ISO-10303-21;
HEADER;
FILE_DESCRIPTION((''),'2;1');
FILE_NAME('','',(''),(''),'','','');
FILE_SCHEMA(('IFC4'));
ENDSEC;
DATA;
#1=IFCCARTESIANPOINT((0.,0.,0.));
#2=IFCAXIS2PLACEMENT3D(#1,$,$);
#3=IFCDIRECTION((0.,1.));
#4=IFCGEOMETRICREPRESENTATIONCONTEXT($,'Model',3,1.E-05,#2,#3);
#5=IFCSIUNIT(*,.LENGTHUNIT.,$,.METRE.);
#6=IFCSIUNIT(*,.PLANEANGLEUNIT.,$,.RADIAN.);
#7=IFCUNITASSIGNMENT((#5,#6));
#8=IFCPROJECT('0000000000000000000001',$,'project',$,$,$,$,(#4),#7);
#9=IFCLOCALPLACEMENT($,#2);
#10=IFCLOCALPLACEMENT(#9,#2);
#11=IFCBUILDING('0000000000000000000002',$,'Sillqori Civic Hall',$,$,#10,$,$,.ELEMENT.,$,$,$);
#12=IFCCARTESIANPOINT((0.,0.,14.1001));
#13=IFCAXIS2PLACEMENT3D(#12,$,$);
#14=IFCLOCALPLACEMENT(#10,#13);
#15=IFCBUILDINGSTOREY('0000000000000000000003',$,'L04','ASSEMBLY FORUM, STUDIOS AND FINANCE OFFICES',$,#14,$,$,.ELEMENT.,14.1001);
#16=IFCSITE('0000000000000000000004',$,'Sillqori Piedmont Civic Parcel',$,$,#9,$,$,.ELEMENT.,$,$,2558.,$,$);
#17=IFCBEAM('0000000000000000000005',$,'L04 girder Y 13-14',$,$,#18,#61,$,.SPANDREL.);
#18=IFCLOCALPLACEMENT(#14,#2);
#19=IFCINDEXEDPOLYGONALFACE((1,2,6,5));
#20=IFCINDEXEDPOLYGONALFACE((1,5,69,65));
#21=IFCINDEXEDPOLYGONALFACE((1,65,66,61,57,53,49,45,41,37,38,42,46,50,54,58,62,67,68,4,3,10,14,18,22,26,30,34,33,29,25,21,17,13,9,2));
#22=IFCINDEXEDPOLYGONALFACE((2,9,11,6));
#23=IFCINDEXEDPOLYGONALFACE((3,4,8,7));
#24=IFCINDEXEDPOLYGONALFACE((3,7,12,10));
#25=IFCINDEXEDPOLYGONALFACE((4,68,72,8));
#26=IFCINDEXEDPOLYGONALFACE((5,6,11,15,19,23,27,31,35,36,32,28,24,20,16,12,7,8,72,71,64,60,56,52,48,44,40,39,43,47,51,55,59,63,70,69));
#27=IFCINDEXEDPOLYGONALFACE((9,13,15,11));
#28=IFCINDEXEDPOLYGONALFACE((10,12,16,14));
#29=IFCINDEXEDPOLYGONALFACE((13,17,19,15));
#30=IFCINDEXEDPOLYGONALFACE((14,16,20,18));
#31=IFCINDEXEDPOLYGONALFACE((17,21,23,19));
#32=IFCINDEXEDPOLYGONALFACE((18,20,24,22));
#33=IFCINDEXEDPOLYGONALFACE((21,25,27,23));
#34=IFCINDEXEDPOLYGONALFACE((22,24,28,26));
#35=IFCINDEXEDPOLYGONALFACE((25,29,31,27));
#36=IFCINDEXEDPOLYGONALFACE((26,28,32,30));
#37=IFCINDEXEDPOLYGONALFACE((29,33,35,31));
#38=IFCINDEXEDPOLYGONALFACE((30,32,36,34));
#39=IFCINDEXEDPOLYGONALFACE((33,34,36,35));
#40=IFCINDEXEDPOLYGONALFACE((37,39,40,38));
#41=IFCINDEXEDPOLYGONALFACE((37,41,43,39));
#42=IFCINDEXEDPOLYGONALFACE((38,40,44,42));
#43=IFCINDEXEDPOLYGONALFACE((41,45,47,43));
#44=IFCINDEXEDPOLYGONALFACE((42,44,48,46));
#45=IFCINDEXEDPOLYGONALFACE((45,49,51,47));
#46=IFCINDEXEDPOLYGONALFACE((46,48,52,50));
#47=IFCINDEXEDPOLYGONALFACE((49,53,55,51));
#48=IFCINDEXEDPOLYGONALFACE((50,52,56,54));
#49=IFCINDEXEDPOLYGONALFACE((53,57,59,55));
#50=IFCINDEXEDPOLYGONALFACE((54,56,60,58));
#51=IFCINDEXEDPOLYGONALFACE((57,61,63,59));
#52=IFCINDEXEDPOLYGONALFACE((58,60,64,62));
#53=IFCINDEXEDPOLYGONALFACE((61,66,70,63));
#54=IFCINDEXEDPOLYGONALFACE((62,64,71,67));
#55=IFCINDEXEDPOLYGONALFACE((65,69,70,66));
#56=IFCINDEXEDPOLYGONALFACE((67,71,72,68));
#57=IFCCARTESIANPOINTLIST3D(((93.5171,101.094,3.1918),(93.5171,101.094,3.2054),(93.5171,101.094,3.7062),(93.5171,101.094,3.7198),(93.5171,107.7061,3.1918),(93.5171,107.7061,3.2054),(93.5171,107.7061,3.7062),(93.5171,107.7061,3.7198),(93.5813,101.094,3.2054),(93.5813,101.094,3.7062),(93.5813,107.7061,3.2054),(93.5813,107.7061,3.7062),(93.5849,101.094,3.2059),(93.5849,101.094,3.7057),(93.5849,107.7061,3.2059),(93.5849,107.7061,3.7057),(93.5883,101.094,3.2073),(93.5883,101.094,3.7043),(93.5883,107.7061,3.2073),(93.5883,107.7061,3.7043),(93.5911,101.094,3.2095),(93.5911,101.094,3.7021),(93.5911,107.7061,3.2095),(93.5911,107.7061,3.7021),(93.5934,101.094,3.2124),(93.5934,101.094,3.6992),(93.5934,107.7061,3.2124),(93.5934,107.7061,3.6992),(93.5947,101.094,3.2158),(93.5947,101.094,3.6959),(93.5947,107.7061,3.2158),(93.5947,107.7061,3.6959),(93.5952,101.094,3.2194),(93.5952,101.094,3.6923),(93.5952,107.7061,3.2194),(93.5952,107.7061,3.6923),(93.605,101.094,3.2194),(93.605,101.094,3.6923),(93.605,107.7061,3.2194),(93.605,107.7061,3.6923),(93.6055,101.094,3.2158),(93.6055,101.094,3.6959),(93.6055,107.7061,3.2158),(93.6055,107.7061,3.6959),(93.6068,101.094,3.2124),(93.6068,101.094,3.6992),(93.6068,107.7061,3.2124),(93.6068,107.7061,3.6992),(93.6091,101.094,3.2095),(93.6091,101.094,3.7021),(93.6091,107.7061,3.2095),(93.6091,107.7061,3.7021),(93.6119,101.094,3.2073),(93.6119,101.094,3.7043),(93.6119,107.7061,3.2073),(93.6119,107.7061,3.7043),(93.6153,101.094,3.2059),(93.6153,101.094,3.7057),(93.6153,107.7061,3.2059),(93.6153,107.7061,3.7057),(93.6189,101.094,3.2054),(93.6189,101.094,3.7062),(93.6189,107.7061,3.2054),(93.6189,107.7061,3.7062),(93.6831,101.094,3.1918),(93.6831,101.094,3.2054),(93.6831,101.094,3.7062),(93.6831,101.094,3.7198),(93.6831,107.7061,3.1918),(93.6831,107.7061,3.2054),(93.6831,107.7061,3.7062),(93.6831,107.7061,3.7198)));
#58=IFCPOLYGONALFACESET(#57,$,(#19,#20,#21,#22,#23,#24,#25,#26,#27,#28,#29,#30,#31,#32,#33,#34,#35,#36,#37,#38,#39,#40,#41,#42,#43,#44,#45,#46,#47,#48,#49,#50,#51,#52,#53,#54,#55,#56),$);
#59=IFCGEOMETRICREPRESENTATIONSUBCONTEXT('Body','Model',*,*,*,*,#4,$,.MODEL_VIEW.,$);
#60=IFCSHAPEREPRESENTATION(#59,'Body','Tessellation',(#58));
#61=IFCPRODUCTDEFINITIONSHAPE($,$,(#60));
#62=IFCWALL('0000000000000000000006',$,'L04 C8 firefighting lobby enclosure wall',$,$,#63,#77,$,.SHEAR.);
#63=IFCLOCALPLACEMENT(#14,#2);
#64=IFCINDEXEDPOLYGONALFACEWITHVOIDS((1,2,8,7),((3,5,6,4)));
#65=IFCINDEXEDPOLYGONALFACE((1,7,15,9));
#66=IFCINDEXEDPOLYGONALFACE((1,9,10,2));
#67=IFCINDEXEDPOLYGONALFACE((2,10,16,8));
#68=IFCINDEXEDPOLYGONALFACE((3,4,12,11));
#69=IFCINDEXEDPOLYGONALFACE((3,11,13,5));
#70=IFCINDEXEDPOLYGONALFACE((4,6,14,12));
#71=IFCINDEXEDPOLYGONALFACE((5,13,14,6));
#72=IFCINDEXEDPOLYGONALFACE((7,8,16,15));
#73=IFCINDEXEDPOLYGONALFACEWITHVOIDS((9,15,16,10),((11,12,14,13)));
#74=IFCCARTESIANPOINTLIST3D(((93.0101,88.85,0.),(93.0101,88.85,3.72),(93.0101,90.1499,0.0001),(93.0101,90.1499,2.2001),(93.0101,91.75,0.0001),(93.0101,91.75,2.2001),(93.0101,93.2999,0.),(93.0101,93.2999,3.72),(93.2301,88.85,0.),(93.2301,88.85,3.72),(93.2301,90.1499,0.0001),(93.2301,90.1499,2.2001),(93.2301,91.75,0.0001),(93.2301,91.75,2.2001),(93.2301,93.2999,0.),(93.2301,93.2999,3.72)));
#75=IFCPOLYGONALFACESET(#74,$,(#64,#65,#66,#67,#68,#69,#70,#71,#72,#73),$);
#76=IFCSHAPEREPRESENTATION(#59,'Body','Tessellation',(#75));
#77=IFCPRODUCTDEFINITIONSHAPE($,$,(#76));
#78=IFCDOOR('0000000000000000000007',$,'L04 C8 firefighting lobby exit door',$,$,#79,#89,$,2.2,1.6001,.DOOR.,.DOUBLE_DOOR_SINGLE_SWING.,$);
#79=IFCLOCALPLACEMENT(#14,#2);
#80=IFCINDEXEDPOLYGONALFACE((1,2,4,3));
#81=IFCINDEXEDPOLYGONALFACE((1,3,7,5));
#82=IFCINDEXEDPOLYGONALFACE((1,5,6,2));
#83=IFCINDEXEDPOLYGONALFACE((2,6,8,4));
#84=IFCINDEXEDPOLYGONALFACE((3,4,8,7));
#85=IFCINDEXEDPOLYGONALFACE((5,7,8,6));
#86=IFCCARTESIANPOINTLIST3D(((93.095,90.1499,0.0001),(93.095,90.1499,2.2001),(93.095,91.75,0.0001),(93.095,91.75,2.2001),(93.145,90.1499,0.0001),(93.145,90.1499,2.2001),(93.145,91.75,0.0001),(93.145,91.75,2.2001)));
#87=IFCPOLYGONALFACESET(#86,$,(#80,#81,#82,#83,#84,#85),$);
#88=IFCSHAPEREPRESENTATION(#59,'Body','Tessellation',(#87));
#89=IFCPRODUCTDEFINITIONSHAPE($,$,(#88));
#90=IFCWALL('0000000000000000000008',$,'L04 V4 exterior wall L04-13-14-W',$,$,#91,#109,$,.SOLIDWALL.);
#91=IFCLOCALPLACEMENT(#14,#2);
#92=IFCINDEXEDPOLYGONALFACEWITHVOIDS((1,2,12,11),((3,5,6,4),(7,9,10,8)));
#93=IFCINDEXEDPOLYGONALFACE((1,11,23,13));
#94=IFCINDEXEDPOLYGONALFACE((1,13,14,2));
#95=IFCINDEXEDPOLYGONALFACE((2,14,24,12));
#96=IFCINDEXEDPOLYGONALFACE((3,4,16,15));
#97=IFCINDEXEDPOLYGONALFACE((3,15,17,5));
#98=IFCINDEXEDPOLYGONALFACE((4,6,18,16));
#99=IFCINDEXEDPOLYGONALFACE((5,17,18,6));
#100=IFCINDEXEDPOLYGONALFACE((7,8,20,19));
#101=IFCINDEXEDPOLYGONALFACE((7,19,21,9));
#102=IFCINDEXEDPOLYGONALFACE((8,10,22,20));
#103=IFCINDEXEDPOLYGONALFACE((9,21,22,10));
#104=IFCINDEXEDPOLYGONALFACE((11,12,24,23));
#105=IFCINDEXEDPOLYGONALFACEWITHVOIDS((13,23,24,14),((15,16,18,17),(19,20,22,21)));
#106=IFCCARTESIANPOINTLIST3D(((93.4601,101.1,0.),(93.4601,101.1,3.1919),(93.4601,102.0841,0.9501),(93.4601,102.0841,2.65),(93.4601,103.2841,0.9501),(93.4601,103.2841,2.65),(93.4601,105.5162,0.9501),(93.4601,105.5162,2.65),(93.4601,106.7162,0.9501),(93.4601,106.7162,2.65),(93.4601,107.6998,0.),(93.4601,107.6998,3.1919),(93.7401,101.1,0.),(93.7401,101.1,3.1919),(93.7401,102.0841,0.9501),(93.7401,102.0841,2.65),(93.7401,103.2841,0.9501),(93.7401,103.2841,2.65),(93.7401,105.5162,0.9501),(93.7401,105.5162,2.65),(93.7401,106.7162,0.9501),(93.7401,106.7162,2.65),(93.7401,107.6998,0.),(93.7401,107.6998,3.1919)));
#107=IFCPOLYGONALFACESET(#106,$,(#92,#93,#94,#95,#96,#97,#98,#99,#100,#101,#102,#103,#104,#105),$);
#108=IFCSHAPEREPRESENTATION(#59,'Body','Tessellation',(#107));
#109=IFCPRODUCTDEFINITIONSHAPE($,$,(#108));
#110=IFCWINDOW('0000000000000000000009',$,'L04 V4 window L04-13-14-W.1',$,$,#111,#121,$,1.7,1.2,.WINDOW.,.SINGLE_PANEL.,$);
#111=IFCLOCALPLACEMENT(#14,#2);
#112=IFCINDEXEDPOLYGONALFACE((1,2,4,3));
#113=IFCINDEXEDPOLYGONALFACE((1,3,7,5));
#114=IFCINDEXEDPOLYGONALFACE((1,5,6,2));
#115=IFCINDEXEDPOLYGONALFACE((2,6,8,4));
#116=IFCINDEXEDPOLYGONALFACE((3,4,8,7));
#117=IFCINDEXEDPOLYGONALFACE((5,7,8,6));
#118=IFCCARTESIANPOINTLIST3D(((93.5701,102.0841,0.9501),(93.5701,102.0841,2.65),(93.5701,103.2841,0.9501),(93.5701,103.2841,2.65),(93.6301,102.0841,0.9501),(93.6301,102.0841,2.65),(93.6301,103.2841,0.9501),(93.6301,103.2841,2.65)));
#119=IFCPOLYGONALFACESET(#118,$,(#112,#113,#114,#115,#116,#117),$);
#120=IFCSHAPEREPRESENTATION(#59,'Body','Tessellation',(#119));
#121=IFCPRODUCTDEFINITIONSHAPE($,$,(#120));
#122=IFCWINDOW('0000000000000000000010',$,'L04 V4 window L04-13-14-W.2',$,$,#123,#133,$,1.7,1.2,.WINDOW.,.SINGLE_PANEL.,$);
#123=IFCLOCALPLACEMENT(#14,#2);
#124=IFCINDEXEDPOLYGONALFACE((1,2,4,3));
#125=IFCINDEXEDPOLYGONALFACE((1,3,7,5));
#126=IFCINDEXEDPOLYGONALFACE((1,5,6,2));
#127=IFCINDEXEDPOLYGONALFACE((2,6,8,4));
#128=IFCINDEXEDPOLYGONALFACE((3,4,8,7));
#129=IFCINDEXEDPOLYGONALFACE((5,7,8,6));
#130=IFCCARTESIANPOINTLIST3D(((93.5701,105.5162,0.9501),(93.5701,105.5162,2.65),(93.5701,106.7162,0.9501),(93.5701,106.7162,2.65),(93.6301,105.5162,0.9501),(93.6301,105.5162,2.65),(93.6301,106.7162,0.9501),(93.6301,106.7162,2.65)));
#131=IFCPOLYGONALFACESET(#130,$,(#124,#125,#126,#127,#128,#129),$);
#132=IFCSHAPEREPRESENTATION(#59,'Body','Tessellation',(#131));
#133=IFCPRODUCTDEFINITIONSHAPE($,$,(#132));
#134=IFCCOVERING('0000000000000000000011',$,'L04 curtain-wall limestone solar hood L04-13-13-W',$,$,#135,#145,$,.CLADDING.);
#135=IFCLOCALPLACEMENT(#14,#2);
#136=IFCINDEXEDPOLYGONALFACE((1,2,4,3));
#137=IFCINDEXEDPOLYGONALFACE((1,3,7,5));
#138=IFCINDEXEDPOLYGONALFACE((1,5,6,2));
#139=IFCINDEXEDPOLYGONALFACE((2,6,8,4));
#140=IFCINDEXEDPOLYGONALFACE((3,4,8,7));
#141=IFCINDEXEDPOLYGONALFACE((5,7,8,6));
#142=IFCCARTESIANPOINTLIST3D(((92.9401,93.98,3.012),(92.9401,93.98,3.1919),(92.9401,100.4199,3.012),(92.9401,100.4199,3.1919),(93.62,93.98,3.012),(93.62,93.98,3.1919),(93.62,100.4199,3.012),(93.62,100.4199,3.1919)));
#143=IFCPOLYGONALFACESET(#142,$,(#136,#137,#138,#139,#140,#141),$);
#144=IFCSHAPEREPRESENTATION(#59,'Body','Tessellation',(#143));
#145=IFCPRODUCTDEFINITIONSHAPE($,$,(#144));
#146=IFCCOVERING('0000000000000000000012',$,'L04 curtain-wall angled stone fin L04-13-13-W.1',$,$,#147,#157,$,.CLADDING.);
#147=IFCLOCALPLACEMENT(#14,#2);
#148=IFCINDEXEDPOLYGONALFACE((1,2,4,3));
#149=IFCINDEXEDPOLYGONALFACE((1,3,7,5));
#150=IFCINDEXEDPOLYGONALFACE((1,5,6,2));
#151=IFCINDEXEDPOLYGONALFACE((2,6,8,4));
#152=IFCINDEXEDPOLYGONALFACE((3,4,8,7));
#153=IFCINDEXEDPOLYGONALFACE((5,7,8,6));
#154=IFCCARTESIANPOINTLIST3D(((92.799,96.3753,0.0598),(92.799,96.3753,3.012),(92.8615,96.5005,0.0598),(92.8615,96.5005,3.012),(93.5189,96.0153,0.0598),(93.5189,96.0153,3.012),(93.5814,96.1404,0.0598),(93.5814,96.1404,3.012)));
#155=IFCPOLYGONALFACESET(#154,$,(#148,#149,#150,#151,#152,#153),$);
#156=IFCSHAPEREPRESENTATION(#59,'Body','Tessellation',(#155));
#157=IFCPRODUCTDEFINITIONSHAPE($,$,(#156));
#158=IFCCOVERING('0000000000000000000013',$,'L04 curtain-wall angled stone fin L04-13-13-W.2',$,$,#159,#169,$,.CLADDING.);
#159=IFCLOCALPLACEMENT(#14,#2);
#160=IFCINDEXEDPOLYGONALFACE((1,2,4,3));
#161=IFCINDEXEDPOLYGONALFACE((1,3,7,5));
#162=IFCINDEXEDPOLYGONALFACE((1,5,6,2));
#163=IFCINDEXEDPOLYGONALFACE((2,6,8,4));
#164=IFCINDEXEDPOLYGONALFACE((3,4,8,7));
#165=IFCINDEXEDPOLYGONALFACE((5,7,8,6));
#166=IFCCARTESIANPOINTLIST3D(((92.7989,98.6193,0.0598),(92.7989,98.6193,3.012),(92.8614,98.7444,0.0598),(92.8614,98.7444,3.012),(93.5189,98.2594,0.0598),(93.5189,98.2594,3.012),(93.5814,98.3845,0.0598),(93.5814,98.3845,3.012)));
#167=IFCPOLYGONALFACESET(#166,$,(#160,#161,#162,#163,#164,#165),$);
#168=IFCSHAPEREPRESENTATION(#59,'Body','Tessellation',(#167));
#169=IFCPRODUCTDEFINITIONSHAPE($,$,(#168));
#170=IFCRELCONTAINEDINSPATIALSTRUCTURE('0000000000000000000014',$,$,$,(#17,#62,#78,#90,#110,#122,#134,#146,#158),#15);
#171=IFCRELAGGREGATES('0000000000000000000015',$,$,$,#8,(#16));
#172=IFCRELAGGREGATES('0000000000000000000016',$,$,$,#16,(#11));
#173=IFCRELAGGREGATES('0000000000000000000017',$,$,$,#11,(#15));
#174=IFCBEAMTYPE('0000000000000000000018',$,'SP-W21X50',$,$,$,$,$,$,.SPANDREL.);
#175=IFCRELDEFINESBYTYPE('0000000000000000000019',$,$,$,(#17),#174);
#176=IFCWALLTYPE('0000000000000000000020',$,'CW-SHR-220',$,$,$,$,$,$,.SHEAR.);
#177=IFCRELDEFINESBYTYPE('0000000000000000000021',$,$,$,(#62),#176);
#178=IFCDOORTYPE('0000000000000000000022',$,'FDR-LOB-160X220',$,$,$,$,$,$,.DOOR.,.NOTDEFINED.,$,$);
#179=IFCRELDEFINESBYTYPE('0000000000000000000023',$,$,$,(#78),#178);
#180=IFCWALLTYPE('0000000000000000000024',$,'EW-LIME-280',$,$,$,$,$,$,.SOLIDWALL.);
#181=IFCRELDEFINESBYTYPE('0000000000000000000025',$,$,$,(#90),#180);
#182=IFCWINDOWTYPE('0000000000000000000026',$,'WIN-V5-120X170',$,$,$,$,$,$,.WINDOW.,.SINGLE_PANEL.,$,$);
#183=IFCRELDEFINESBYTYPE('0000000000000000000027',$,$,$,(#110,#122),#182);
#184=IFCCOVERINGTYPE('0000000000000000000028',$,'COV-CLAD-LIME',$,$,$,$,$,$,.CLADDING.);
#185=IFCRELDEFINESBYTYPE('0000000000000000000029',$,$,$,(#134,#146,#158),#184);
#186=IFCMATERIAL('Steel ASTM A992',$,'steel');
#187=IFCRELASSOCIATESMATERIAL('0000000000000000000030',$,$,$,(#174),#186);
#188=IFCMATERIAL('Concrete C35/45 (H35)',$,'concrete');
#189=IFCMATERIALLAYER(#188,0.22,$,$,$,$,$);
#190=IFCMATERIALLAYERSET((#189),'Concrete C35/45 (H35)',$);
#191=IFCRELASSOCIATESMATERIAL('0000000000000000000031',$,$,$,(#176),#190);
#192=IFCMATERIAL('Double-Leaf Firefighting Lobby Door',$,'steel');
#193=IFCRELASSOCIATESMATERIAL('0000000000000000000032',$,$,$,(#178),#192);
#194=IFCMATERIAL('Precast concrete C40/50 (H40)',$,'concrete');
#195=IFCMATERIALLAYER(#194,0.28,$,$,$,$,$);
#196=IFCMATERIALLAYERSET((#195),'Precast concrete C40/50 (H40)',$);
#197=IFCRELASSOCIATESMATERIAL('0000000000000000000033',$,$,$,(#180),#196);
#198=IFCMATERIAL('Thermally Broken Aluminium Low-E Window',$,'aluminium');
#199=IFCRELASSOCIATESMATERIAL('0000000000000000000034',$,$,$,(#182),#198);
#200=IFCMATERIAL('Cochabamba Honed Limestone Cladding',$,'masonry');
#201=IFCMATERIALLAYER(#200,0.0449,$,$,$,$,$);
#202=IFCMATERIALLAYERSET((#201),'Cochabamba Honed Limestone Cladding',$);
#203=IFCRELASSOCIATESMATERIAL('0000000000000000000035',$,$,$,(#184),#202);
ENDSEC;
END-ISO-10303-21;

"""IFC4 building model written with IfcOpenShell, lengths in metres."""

from ifc_helpers import new_model, si_unit, direction, frame, frame_2d, origin, origin_2d, place, context, subcontext, project, spatial, rectangle, i_section, extrude, material, layer, layer_set, material_profile, profile_set, type_object, element, fill, save


model = new_model("IFC4")

# Units and contexts
model_context = context("Model", 3, precision=1e-05, world=origin(), true_north=direction((0.0, 1.0)))
body_context = subcontext(model_context, "Body", "Model", "MODEL_VIEW")
ifc_project = project(units=[si_unit("LENGTHUNIT", "METRE"), si_unit("PLANEANGLEUNIT", "RADIAN")], contexts=[model_context])

# Site, building, storey
site_placement = place(None, origin())
site = spatial("IfcSite", under=ifc_project, at=site_placement, Name="Sillqori Piedmont Civic Parcel", CompositionType="ELEMENT", RefElevation=2558.0)
building_placement = place(site_placement, origin())
building = spatial("IfcBuilding", under=site, at=building_placement, Name="Sillqori Civic Hall", CompositionType="ELEMENT")
storey_placement = place(building_placement, frame((0.0, 0.0, 14.1001)))
storey = spatial("IfcBuildingStorey", under=building, at=storey_placement, Name="L04", Description="ASSEMBLY FORUM, STUDIOS AND FINANCE OFFICES", CompositionType="ELEMENT", Elevation=14.1001)

# Shared definitions
ifc_material_1 = material(Name="Concrete C35/45 (H35)", Category="concrete")

# Shared definitions
ifc_material_2 = material(Name="Steel ASTM A992", Category="steel")

# Beam
ifc_material_profile_1 = material_profile(ifc_material_2, i_section(OverallWidth=0.166, OverallDepth=0.5281, WebThickness=0.0098, FlangeThickness=0.0137, FilletRadius=0.0139, at=origin_2d()), Name="W21X50")
ifc_profile_set_1 = profile_set([ifc_material_profile_1], Name="Steel ASTM A992")
beam_type_1 = type_object("IfcBeamType", Name="SP-W21X50", PredefinedType="SPANDREL", material=ifc_profile_set_1)
for number, where, z_axis, x_axis, name in (
    (1, (93.6001, 101.094, 3.4558), (0.0, 1.0, 0.0), (-1.0, 0.0, 0.0), "L04 girder Y 13-14"),
):
    element("IfcBeam", number, at=place(storey_placement, frame(where, z_axis=z_axis, x_axis=x_axis)), inside=storey, type_object=beam_type_1, Name=name, PredefinedType="SPANDREL", context=body_context, shape_type="SweptSolid", body=[
        extrude(i_section(OverallWidth=0.166, OverallDepth=0.5281, WebThickness=0.0098, FlangeThickness=0.0137, FilletRadius=0.0139, at=origin_2d()), origin(), (0.0, 0.0, 1.0), 6.6121),
    ])

# Wall, opening, door
ifc_layer_1 = layer(ifc_material_1, 0.22)
ifc_layer_set_1 = layer_set([ifc_layer_1], Name="Concrete C35/45 (H35)")
wall_type_1 = type_object("IfcWallType", Name="CW-SHR-220", PredefinedType="SHEAR", material=ifc_layer_set_1)
wall_1_placement = place(storey_placement, frame((93.1201, 93.3, 0.0), z_axis=(0.0, 0.0, 1.0), x_axis=(0.0, -1.0, 0.0)))
wall_1 = element("IfcWall", 2, at=wall_1_placement, inside=storey, type_object=wall_type_1, Name="L04 C8 firefighting lobby enclosure wall", PredefinedType="SHEAR", context=body_context, shape_type="SweptSolid", body=[
    extrude(rectangle(XDim=4.45, YDim=0.22, at=frame_2d((2.2251, 0.0))), origin(), (0.0, 0.0, 1.0), 3.72),
])
opening_1_placement = place(wall_1_placement, frame((1.55, 0.0, 0.0)))
opening_1 = element("IfcOpeningElement", 3, at=opening_1_placement, cuts=wall_1, PredefinedType="OPENING", context=body_context, shape_type="SweptSolid", body=[
    extrude(rectangle(XDim=1.6001, YDim=2.2, at=frame_2d((0.8, 1.1001))), frame((0.0, 0.1199, 0.0), z_axis=(0.0, -1.0, 0.0), x_axis=(1.0, 0.0, 0.0)), (0.0, 0.0, 1.0), 0.24),
])
ifc_material_3 = material(Name="Double-Leaf Firefighting Lobby Door", Category="steel")
door_type = type_object("IfcDoorType", Name="FDR-LOB-160X220", OperationType="NOTDEFINED", PredefinedType="DOOR", material=ifc_material_3)
door_placement = place(opening_1_placement, origin())
door = element("IfcDoor", 4, at=door_placement, inside=storey, type_object=door_type, Name="L04 C8 firefighting lobby exit door", OperationType="DOUBLE_DOOR_SINGLE_SWING", OverallHeight=2.2, OverallWidth=1.6001, PredefinedType="DOOR", context=body_context, shape_type="SweptSolid", body=[
    extrude(rectangle(XDim=1.6001, YDim=2.2, at=frame_2d((0.8, 1.1001))), frame((0.0, 0.0249, 0.0), z_axis=(0.0, -1.0, 0.0), x_axis=(1.0, 0.0, 0.0)), (0.0, 0.0, 1.0), 0.05),
])
fill(opening_1, door)

# Wall, openings, windows
ifc_material_4 = material(Name="Precast concrete C40/50 (H40)", Category="concrete")
ifc_layer_2 = layer(ifc_material_4, 0.28)
ifc_layer_set_2 = layer_set([ifc_layer_2], Name="Precast concrete C40/50 (H40)")
wall_type_2 = type_object("IfcWallType", Name="EW-LIME-280", PredefinedType="SOLIDWALL", material=ifc_layer_set_2)
wall_2_placement = place(storey_placement, frame((93.6001, 101.1001, 0.0), z_axis=(0.0, 0.0, 1.0), x_axis=(0.0, 1.0, 0.0)))
wall_2 = element("IfcWall", 5, at=wall_2_placement, inside=storey, type_object=wall_type_2, Name="L04 V4 exterior wall L04-13-14-W", PredefinedType="SOLIDWALL", context=body_context, shape_type="SweptSolid", body=[
    extrude(rectangle(XDim=6.5999, YDim=0.28, at=frame_2d((3.2998, 0.0))), origin(), (0.0, 0.0, 1.0), 3.1919),
])
opening_2_placement = place(wall_2_placement, frame((0.9839, 0.0, 0.95)))
opening_2 = element("IfcOpeningElement", 6, at=opening_2_placement, cuts=wall_2, PredefinedType="OPENING", context=body_context, shape_type="SweptSolid", body=[
    extrude(rectangle(XDim=1.2, YDim=1.7, at=frame_2d((0.6001, 0.8501))), frame((0.0, 0.1499, 0.0), z_axis=(0.0, -1.0, 0.0), x_axis=(1.0, 0.0, 0.0)), (0.0, 0.0, 1.0), 0.3),
])
opening_3_placement = place(wall_2_placement, frame((4.416, 0.0, 0.95)))
opening_3 = element("IfcOpeningElement", 7, at=opening_3_placement, cuts=wall_2, PredefinedType="OPENING", context=body_context, shape_type="SweptSolid", body=[
    extrude(rectangle(XDim=1.2, YDim=1.7, at=frame_2d((0.6001, 0.8501))), frame((0.0, 0.1499, 0.0), z_axis=(0.0, -1.0, 0.0), x_axis=(1.0, 0.0, 0.0)), (0.0, 0.0, 1.0), 0.3),
])
ifc_material_5 = material(Name="Thermally Broken Aluminium Low-E Window", Category="aluminium")
window_type = type_object("IfcWindowType", Name="WIN-V5-120X170", PartitioningType="SINGLE_PANEL", PredefinedType="WINDOW", material=ifc_material_5)
window_1_placement = place(opening_2_placement, origin())
window_1 = element("IfcWindow", 8, at=window_1_placement, inside=storey, type_object=window_type, Name="L04 V4 window L04-13-14-W.1", OverallHeight=1.7, OverallWidth=1.2, PartitioningType="SINGLE_PANEL", PredefinedType="WINDOW", context=body_context, shape_type="SweptSolid", body=[
    extrude(rectangle(XDim=1.2, YDim=1.7, at=frame_2d((0.6001, 0.8501))), frame((0.0, 0.03, 0.0), z_axis=(0.0, -1.0, 0.0), x_axis=(1.0, 0.0, 0.0)), (0.0, 0.0, 1.0), 0.0601),
])
fill(opening_2, window_1)
window_2_placement = place(opening_3_placement, origin())
window_2 = element("IfcWindow", 9, at=window_2_placement, inside=storey, type_object=window_type, Name="L04 V4 window L04-13-14-W.2", OverallHeight=1.7, OverallWidth=1.2, PartitioningType="SINGLE_PANEL", PredefinedType="WINDOW", context=body_context, shape_type="SweptSolid", body=[
    extrude(rectangle(XDim=1.2, YDim=1.7, at=frame_2d((0.6001, 0.8501))), frame((0.0, 0.03, 0.0), z_axis=(0.0, -1.0, 0.0), x_axis=(1.0, 0.0, 0.0)), (0.0, 0.0, 1.0), 0.0601),
])
fill(opening_3, window_2)

# Coverings
ifc_material_6 = material(Name="Cochabamba Honed Limestone Cladding", Category="masonry")
ifc_layer_3 = layer(ifc_material_6, 0.0449)
ifc_layer_set_3 = layer_set([ifc_layer_3], Name="Cochabamba Honed Limestone Cladding")
covering_type = type_object("IfcCoveringType", Name="COV-CLAD-LIME", PredefinedType="CLADDING", material=ifc_layer_set_3)
covering_1_placement = place(storey_placement, frame((93.28, 93.98, 3.012), z_axis=(0.0, 0.0, 1.0), x_axis=(0.0, 1.0, 0.0)))
element("IfcCovering", 10, at=covering_1_placement, inside=storey, type_object=covering_type, Name="L04 curtain-wall limestone solar hood L04-13-13-W", PredefinedType="CLADDING", context=body_context, shape_type="SweptSolid", body=[
    extrude(rectangle(XDim=6.4399, YDim=0.6799, at=frame_2d((3.22, 0.0))), origin(), (0.0, 0.0, 1.0), 0.1799),
])
for number, where, z_axis, x_axis, name in (
    (11, (93.55, 96.0779, 0.0598), (0.0, 0.0, 1.0), (-0.894367, 0.447335, 0.0), "L04 curtain-wall angled stone fin L04-13-13-W.1"),
    (12, (93.55, 98.322, 0.0598), (0.0, 0.0, 1.0), (-0.894488, 0.447092, 0.0), "L04 curtain-wall angled stone fin L04-13-13-W.2"),
):
    element("IfcCovering", number, at=place(storey_placement, frame(where, z_axis=z_axis, x_axis=x_axis)), inside=storey, type_object=covering_type, Name=name, PredefinedType="CLADDING", context=body_context, shape_type="SweptSolid", body=[
        extrude(rectangle(XDim=0.8049, YDim=0.1399, at=frame_2d((0.4023, 0.0))), origin(), (0.0, 0.0, 1.0), 2.9521),
    ])

save(model, "model.ifc")
